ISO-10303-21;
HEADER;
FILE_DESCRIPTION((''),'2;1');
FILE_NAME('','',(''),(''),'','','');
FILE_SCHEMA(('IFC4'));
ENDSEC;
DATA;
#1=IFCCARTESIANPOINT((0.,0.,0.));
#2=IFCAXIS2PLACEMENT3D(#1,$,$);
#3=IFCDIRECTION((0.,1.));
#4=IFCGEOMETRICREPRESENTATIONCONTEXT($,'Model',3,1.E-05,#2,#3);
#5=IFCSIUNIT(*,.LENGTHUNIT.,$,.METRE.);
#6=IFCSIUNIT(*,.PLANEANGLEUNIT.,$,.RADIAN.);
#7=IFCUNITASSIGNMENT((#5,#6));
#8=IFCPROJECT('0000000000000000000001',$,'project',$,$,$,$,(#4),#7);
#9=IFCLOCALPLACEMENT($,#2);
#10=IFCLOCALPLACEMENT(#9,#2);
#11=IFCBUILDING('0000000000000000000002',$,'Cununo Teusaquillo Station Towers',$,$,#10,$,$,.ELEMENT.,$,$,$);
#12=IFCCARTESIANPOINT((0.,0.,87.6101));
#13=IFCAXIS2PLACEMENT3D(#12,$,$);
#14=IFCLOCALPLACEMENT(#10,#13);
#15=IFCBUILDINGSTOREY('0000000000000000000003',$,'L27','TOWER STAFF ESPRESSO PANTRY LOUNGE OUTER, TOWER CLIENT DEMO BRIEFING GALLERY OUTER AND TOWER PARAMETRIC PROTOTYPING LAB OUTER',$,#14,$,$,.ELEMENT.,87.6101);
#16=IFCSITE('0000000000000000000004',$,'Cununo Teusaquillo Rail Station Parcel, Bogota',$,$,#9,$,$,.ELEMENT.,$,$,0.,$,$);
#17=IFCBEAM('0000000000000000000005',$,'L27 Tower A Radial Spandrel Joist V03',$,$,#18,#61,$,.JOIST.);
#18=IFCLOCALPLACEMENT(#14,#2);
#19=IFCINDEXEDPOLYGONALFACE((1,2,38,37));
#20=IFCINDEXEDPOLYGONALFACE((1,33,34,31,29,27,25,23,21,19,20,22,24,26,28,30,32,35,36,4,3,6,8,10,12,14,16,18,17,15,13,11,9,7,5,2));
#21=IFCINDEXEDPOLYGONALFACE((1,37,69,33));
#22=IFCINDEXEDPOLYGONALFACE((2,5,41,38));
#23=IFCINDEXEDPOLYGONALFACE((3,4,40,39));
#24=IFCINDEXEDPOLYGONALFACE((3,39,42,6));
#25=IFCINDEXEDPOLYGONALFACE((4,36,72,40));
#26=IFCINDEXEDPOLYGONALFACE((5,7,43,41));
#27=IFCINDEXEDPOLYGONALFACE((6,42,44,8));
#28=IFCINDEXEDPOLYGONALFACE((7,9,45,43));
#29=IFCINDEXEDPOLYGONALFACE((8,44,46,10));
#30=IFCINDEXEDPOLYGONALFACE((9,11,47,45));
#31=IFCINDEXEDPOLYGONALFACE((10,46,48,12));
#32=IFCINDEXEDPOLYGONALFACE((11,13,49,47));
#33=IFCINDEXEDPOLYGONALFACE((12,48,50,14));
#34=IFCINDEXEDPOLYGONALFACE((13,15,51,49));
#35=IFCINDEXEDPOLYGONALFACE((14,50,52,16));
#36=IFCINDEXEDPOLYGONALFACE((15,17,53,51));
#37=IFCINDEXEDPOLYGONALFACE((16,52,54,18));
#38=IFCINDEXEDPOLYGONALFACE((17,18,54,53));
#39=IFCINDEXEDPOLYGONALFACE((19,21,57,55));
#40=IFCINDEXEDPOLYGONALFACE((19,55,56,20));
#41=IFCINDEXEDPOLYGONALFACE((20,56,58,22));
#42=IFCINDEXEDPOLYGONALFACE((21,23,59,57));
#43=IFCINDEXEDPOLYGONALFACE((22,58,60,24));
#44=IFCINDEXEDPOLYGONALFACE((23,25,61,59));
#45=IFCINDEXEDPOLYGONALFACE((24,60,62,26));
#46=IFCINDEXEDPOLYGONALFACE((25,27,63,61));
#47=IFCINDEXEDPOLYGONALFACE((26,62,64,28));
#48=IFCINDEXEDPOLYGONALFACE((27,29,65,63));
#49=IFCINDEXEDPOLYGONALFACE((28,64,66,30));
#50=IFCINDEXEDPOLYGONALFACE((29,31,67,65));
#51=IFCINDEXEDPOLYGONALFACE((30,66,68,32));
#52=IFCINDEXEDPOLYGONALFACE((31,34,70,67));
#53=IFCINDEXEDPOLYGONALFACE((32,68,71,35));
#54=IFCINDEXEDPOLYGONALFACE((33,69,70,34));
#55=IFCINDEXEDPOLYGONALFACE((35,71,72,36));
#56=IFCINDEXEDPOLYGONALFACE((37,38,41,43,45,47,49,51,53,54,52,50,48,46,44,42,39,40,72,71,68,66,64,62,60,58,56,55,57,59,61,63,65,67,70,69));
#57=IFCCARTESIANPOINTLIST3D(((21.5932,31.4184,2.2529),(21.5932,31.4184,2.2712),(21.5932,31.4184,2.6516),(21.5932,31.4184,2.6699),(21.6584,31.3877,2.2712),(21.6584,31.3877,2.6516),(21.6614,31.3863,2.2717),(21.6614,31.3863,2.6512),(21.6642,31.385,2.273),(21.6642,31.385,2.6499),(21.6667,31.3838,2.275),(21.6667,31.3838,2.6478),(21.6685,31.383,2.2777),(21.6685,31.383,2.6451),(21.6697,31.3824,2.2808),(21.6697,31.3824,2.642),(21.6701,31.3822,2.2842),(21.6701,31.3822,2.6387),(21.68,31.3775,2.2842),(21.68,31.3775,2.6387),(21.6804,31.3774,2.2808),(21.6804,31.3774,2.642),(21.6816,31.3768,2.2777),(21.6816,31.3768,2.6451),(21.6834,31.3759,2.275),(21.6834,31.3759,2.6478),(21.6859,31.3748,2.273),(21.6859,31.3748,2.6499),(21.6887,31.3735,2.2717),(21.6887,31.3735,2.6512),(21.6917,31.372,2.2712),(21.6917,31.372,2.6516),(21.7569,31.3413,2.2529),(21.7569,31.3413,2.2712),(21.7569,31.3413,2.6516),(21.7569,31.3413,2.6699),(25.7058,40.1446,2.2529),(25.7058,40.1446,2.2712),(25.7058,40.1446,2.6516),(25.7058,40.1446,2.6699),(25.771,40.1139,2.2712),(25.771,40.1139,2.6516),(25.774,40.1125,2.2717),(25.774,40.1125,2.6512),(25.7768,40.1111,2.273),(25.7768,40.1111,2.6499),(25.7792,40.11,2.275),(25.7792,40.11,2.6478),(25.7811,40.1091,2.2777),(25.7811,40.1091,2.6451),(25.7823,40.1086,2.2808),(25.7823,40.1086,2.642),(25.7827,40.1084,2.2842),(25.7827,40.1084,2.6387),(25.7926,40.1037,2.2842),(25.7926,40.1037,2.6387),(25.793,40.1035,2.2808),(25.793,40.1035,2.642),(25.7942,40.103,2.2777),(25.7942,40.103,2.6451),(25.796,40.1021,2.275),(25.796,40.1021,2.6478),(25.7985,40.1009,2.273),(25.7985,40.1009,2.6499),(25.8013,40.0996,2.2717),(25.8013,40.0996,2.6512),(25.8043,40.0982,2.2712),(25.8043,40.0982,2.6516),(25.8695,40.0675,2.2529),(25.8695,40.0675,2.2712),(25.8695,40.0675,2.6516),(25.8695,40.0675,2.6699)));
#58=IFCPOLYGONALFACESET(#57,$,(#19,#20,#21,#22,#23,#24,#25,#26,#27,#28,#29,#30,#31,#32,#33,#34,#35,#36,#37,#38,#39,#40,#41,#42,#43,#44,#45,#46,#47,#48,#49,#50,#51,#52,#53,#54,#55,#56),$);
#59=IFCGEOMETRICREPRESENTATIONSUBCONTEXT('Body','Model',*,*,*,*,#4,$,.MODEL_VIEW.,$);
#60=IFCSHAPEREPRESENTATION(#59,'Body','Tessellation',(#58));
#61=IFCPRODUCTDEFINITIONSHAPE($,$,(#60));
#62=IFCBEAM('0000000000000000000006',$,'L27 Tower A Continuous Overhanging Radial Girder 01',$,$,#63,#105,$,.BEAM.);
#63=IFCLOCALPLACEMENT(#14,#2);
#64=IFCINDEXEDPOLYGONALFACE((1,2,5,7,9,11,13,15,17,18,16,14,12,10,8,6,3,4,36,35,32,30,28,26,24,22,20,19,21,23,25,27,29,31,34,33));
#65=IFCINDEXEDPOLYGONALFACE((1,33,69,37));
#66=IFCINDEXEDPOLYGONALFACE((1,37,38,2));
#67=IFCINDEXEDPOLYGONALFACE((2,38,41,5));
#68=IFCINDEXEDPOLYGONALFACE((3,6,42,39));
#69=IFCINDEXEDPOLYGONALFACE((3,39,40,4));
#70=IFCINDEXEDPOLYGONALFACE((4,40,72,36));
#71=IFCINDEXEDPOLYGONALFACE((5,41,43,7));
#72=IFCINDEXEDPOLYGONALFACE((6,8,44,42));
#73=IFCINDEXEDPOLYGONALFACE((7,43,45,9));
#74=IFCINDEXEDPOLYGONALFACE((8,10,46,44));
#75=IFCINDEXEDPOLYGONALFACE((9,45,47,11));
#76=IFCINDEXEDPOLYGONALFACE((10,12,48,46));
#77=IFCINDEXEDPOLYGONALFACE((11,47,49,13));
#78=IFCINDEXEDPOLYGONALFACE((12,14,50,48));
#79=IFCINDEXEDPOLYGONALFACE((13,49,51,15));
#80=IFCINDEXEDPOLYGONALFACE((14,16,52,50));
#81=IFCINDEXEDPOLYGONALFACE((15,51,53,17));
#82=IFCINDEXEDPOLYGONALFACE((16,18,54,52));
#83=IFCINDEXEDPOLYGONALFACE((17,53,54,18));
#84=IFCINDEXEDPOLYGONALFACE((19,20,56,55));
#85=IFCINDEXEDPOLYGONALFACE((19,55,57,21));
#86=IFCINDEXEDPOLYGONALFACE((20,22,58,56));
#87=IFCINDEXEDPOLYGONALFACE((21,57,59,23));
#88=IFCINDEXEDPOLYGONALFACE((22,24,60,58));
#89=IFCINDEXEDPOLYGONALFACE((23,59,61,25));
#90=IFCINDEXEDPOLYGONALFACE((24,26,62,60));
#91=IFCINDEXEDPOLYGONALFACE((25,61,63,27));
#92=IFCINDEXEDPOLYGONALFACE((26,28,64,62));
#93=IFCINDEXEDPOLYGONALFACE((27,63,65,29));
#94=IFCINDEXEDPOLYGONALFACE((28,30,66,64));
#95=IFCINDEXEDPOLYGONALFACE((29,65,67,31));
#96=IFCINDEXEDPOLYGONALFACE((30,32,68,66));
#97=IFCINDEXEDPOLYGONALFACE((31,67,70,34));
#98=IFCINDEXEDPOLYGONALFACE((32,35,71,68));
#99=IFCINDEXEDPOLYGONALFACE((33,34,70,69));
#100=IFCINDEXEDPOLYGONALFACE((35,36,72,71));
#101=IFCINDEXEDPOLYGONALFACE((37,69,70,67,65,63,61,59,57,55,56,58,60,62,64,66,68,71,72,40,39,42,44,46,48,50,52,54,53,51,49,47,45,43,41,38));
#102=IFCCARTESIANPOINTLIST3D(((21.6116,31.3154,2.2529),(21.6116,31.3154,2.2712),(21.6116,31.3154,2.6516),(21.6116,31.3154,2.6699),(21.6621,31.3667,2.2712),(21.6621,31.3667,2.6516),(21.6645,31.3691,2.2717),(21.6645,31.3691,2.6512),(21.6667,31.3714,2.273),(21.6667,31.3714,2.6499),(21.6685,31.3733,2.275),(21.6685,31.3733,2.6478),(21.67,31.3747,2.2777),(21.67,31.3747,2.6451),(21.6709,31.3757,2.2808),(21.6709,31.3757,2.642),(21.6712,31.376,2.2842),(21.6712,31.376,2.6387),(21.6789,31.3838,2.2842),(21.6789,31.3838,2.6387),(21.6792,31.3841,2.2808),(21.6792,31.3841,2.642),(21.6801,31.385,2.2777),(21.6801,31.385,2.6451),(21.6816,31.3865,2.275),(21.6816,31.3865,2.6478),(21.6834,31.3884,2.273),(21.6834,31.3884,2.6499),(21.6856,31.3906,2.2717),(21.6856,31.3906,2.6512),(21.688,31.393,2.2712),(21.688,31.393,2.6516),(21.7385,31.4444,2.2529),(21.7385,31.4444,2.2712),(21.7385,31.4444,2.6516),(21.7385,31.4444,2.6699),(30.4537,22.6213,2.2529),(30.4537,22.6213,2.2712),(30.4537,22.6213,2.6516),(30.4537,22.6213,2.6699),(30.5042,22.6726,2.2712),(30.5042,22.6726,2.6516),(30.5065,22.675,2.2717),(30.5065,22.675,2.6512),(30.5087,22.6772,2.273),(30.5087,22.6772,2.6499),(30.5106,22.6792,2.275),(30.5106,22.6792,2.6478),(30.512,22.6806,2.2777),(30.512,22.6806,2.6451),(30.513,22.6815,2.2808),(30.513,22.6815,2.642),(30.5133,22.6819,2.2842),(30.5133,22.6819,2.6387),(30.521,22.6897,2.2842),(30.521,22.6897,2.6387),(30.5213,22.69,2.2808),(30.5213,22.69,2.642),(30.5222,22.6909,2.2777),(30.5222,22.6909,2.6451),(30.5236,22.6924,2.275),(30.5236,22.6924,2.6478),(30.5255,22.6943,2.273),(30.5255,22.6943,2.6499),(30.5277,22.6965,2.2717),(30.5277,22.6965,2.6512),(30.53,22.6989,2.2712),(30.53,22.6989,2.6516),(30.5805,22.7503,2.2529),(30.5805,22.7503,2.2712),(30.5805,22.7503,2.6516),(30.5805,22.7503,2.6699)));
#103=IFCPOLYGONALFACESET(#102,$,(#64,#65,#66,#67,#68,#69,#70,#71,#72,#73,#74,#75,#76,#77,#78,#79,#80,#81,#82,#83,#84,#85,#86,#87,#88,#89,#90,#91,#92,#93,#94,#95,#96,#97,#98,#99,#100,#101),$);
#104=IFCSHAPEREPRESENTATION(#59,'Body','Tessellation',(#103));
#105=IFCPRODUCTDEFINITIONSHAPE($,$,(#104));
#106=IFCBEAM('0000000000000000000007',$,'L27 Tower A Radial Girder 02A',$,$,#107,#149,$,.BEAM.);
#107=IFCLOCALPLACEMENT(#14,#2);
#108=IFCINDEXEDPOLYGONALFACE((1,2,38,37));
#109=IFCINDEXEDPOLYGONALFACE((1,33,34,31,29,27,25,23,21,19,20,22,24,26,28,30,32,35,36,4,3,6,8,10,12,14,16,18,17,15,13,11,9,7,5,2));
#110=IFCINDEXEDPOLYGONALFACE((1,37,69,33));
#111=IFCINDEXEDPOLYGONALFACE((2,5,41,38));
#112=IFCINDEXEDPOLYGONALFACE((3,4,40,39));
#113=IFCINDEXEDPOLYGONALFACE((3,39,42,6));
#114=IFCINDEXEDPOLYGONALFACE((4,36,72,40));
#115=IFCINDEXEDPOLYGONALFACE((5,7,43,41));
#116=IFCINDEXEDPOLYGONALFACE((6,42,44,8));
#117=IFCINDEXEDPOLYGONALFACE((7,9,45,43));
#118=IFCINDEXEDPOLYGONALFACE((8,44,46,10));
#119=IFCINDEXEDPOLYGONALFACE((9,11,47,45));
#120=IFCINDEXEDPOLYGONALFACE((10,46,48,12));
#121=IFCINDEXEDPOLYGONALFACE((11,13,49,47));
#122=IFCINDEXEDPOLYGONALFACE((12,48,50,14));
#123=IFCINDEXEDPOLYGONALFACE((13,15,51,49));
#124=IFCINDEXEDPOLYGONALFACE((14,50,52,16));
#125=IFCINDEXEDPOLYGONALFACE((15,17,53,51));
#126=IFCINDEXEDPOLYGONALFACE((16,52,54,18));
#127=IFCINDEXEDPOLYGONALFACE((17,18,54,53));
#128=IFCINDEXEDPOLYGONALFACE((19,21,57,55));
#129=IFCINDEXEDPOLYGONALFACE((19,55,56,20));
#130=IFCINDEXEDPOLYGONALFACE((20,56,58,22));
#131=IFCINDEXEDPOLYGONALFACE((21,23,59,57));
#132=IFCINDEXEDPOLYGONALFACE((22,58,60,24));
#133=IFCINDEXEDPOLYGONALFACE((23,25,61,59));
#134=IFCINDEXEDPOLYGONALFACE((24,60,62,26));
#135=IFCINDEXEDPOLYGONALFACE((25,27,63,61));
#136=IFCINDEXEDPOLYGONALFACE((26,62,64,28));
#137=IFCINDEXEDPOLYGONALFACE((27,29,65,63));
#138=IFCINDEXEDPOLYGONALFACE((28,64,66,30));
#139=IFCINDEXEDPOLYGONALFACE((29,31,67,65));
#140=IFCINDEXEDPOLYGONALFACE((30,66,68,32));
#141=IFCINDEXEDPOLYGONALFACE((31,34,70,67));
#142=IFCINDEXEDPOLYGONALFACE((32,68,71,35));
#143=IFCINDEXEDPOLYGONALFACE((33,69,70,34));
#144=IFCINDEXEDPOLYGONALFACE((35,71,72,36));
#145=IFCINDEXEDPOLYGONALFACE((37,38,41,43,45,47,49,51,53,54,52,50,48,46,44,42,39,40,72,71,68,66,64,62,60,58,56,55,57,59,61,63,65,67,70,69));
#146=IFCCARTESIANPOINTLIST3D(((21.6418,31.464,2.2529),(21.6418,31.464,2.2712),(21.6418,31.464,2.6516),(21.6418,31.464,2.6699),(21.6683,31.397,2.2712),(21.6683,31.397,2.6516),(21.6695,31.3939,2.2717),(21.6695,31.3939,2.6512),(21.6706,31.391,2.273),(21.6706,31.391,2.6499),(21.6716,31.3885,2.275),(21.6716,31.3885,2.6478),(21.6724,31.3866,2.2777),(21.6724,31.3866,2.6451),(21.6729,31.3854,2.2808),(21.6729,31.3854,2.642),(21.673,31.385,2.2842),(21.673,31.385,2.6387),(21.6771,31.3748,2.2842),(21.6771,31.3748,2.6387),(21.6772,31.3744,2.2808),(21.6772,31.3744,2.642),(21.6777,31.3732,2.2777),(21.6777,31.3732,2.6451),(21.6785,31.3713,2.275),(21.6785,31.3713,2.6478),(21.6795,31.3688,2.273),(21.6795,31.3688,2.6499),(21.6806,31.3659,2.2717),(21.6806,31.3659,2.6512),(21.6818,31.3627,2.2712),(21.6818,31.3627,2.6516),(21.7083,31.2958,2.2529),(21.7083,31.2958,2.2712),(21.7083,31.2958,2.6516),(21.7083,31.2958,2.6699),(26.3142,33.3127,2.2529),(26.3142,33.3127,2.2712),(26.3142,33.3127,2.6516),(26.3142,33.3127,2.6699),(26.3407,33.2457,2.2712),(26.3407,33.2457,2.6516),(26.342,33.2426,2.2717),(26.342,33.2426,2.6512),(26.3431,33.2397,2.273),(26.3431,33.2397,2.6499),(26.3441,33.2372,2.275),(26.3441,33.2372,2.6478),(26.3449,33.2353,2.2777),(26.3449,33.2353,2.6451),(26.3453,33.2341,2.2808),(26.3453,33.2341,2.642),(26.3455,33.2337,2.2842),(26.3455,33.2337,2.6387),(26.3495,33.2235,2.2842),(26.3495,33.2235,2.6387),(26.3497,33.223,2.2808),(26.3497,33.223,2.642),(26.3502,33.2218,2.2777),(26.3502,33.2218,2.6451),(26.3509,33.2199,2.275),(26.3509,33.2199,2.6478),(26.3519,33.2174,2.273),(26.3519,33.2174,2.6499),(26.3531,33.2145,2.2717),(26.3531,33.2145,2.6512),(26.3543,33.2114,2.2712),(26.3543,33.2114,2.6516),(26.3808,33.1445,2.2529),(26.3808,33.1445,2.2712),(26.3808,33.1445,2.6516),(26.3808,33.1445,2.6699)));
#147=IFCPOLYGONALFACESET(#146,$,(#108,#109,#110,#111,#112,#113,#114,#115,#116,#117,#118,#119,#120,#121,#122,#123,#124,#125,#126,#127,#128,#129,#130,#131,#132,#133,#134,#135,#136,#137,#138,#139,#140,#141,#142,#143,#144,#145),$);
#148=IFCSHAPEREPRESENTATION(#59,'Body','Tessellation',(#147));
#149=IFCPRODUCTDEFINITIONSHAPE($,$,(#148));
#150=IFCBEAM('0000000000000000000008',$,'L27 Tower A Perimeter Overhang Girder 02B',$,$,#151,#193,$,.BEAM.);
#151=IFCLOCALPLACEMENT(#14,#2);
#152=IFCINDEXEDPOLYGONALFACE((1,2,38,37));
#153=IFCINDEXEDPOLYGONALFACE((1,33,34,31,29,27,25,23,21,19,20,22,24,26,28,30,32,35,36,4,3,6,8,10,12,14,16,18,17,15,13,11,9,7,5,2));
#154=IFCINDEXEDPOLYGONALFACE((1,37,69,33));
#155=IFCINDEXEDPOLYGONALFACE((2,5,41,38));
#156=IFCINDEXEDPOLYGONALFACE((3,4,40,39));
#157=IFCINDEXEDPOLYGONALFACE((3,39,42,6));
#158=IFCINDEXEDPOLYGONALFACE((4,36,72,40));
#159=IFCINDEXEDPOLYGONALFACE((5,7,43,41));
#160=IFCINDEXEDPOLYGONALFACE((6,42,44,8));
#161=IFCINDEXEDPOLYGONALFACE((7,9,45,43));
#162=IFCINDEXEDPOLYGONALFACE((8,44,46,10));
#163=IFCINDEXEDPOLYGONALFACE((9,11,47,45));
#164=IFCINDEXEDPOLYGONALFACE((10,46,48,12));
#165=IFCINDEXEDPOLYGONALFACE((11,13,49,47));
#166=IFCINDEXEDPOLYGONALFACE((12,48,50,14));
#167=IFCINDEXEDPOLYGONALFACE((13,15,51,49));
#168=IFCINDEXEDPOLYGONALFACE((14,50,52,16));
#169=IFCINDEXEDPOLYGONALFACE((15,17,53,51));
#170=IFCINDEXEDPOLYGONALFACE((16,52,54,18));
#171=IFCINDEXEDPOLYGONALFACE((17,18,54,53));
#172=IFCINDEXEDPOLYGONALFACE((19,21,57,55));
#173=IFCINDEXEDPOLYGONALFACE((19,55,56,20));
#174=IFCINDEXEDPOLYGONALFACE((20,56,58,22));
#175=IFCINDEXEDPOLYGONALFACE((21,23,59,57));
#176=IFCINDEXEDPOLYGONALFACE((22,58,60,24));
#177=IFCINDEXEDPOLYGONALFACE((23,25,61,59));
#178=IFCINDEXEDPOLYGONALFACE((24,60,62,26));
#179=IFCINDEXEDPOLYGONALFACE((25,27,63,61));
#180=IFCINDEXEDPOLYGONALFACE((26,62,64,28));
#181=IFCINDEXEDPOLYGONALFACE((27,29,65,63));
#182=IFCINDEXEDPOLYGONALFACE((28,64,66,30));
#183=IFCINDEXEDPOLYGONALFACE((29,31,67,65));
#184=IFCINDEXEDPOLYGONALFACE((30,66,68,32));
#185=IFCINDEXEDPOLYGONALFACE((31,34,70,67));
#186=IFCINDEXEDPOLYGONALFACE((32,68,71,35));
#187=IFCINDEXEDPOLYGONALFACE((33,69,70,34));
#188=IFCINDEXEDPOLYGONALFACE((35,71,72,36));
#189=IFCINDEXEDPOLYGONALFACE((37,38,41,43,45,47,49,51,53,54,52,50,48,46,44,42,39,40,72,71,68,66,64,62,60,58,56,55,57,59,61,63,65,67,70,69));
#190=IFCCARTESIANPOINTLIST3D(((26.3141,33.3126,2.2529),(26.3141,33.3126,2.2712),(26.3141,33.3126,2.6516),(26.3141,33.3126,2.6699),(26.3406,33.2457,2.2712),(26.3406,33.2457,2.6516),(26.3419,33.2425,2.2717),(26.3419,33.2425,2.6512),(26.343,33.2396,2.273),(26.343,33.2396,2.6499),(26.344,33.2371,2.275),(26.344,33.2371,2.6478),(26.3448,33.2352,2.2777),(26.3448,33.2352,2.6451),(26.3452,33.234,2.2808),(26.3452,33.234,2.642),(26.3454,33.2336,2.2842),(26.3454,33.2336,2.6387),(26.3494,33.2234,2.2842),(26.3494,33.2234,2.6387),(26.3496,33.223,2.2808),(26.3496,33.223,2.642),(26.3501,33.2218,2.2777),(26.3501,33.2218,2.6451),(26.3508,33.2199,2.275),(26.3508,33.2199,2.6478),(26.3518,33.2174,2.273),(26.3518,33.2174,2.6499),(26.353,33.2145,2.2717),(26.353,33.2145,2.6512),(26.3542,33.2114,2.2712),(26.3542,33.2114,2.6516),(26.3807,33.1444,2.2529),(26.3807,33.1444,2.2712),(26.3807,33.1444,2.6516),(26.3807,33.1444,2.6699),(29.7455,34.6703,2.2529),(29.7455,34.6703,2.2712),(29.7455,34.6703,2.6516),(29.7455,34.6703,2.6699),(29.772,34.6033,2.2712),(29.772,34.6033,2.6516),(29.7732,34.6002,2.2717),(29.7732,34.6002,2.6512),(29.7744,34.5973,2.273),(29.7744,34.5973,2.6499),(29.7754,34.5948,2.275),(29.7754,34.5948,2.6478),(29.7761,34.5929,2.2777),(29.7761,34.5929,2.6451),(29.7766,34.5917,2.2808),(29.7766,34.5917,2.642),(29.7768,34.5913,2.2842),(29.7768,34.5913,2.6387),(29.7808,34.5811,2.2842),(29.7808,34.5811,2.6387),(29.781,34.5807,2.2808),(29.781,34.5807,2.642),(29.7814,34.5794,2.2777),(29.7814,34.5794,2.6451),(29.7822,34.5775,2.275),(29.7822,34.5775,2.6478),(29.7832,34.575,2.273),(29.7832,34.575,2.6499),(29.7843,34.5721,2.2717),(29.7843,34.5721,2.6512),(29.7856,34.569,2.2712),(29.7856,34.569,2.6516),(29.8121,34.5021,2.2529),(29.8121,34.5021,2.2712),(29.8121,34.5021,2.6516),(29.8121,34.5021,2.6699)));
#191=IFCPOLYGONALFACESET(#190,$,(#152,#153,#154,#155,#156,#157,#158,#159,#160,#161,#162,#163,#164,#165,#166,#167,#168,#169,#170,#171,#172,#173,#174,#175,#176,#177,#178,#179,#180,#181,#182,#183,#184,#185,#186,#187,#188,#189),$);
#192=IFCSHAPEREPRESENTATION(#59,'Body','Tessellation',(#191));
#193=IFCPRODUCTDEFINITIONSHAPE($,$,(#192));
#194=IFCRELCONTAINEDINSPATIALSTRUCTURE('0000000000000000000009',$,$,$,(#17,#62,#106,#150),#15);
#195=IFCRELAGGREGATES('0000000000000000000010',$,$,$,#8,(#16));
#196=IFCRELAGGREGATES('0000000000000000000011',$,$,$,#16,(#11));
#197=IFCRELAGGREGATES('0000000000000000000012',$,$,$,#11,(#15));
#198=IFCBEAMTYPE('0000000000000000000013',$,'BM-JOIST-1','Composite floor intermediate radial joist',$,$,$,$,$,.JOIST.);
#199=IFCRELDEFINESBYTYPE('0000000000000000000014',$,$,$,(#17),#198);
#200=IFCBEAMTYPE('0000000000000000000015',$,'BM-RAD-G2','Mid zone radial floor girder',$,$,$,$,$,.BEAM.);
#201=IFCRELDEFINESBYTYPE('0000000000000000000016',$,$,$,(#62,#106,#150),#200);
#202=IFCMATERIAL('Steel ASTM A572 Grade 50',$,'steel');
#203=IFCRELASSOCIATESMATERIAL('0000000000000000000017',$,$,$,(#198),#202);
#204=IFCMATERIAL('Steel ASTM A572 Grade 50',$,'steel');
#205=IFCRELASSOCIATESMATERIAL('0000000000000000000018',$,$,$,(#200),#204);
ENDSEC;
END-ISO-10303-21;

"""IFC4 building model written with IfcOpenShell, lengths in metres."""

from ifc_helpers import new_model, si_unit, direction, frame, origin, origin_2d, place, context, subcontext, project, spatial, i_section, extrude, material, material_profile, profile_set, type_object, element, save


model = new_model("IFC4")

# Units and contexts
model_context = context("Model", 3, precision=1e-05, world=origin(), true_north=direction((0.0, 1.0)))
body_context = subcontext(model_context, "Body", "Model", "MODEL_VIEW")
ifc_project = project(units=[si_unit("LENGTHUNIT", "METRE"), si_unit("PLANEANGLEUNIT", "RADIAN")], contexts=[model_context])

# Site, building, storey
site_placement = place(None, origin())
site = spatial("IfcSite", under=ifc_project, at=site_placement, Name="Cununo Teusaquillo Rail Station Parcel, Bogota", CompositionType="ELEMENT", RefElevation=0.0)
building_placement = place(site_placement, origin())
building = spatial("IfcBuilding", under=site, at=building_placement, Name="Cununo Teusaquillo Station Towers", CompositionType="ELEMENT")
storey_placement = place(building_placement, frame((0.0, 0.0, 87.6101)))
storey = spatial("IfcBuildingStorey", under=building, at=storey_placement, Name="L27", Description="TOWER STAFF ESPRESSO PANTRY LOUNGE OUTER, TOWER CLIENT DEMO BRIEFING GALLERY OUTER AND TOWER PARAMETRIC PROTOTYPING LAB OUTER", CompositionType="ELEMENT", Elevation=87.6101)

# Beams
ifc_material_1 = material(Name="Steel ASTM A572 Grade 50", Category="steel")
ifc_material_profile_1 = material_profile(ifc_material_1, i_section(OverallWidth=0.1809, OverallDepth=0.417, WebThickness=0.011, FlangeThickness=0.0183, FilletRadius=0.0129, at=origin_2d()), Name="W16X57")
ifc_profile_set_1 = profile_set([ifc_material_profile_1], Name="Steel ASTM A572 Grade 50")
beam_type_1 = type_object("IfcBeamType", Name="BM-JOIST-1", Description="Composite floor intermediate radial joist", PredefinedType="JOIST", material=ifc_profile_set_1)
beam_1_placement = place(storey_placement, frame((21.675, 31.3799, 2.4614), z_axis=(0.42632, 0.904572, 0.0), x_axis=(-0.904572, 0.42632, 0.0)))
element("IfcBeam", 1, at=beam_1_placement, inside=storey, type_object=beam_type_1, Name="L27 Tower A Radial Spandrel Joist V03", PredefinedType="JOIST", context=body_context, shape_type="SweptSolid", body=[
    extrude(i_section(OverallWidth=0.1809, OverallDepth=0.417, WebThickness=0.011, FlangeThickness=0.0183, FilletRadius=0.0129, at=origin_2d()), origin(), (0.0, 0.0, 1.0), 9.6467),
])
ifc_material_2 = material(Name="Steel ASTM A572 Grade 50", Category="steel")
ifc_material_profile_2 = material_profile(ifc_material_2, i_section(OverallWidth=0.1809, OverallDepth=0.417, WebThickness=0.011, FlangeThickness=0.0183, FilletRadius=0.0129, at=origin_2d()), Name="W16X57")
ifc_profile_set_2 = profile_set([ifc_material_profile_2], Name="Steel ASTM A572 Grade 50")
beam_type_2 = type_object("IfcBeamType", Name="BM-RAD-G2", Description="Mid zone radial floor girder", PredefinedType="BEAM", material=ifc_profile_set_2)
beam_2_placement = place(storey_placement, frame((21.675, 31.3799, 2.4614), z_axis=(0.713047, -0.701116, 0.0), x_axis=(0.701116, 0.713047, 0.0)))
element("IfcBeam", 2, at=beam_2_placement, inside=storey, type_object=beam_type_2, Name="L27 Tower A Continuous Overhanging Radial Girder 01", PredefinedType="BEAM", context=body_context, shape_type="SweptSolid", body=[
    extrude(i_section(OverallWidth=0.1809, OverallDepth=0.417, WebThickness=0.011, FlangeThickness=0.0183, FilletRadius=0.0129, at=origin_2d()), origin(), (0.0, 0.0, 1.0), 12.4004),
])
beam_3_placement = place(storey_placement, frame((21.675, 31.3799, 2.4614), z_axis=(0.929864, 0.367903, 0.0), x_axis=(-0.367903, 0.929864, 0.0)))
element("IfcBeam", 3, at=beam_3_placement, inside=storey, type_object=beam_type_2, Name="L27 Tower A Radial Girder 02A", PredefinedType="BEAM", context=body_context, shape_type="SweptSolid", body=[
    extrude(i_section(OverallWidth=0.1809, OverallDepth=0.417, WebThickness=0.011, FlangeThickness=0.0183, FilletRadius=0.0129, at=origin_2d()), origin(), (0.0, 0.0, 1.0), 5.0249),
])
beam_4_placement = place(storey_placement, frame((26.3474, 33.2285, 2.4614), z_axis=(0.929862, 0.367909, 0.0), x_axis=(-0.367909, 0.929862, 0.0)))
element("IfcBeam", 4, at=beam_4_placement, inside=storey, type_object=beam_type_2, Name="L27 Tower A Perimeter Overhang Girder 02B", PredefinedType="BEAM", context=body_context, shape_type="SweptSolid", body=[
    extrude(i_section(OverallWidth=0.1809, OverallDepth=0.417, WebThickness=0.011, FlangeThickness=0.0183, FilletRadius=0.0129, at=origin_2d()), origin(), (0.0, 0.0, 1.0), 3.6902),
])

save(model, "model.ifc")
